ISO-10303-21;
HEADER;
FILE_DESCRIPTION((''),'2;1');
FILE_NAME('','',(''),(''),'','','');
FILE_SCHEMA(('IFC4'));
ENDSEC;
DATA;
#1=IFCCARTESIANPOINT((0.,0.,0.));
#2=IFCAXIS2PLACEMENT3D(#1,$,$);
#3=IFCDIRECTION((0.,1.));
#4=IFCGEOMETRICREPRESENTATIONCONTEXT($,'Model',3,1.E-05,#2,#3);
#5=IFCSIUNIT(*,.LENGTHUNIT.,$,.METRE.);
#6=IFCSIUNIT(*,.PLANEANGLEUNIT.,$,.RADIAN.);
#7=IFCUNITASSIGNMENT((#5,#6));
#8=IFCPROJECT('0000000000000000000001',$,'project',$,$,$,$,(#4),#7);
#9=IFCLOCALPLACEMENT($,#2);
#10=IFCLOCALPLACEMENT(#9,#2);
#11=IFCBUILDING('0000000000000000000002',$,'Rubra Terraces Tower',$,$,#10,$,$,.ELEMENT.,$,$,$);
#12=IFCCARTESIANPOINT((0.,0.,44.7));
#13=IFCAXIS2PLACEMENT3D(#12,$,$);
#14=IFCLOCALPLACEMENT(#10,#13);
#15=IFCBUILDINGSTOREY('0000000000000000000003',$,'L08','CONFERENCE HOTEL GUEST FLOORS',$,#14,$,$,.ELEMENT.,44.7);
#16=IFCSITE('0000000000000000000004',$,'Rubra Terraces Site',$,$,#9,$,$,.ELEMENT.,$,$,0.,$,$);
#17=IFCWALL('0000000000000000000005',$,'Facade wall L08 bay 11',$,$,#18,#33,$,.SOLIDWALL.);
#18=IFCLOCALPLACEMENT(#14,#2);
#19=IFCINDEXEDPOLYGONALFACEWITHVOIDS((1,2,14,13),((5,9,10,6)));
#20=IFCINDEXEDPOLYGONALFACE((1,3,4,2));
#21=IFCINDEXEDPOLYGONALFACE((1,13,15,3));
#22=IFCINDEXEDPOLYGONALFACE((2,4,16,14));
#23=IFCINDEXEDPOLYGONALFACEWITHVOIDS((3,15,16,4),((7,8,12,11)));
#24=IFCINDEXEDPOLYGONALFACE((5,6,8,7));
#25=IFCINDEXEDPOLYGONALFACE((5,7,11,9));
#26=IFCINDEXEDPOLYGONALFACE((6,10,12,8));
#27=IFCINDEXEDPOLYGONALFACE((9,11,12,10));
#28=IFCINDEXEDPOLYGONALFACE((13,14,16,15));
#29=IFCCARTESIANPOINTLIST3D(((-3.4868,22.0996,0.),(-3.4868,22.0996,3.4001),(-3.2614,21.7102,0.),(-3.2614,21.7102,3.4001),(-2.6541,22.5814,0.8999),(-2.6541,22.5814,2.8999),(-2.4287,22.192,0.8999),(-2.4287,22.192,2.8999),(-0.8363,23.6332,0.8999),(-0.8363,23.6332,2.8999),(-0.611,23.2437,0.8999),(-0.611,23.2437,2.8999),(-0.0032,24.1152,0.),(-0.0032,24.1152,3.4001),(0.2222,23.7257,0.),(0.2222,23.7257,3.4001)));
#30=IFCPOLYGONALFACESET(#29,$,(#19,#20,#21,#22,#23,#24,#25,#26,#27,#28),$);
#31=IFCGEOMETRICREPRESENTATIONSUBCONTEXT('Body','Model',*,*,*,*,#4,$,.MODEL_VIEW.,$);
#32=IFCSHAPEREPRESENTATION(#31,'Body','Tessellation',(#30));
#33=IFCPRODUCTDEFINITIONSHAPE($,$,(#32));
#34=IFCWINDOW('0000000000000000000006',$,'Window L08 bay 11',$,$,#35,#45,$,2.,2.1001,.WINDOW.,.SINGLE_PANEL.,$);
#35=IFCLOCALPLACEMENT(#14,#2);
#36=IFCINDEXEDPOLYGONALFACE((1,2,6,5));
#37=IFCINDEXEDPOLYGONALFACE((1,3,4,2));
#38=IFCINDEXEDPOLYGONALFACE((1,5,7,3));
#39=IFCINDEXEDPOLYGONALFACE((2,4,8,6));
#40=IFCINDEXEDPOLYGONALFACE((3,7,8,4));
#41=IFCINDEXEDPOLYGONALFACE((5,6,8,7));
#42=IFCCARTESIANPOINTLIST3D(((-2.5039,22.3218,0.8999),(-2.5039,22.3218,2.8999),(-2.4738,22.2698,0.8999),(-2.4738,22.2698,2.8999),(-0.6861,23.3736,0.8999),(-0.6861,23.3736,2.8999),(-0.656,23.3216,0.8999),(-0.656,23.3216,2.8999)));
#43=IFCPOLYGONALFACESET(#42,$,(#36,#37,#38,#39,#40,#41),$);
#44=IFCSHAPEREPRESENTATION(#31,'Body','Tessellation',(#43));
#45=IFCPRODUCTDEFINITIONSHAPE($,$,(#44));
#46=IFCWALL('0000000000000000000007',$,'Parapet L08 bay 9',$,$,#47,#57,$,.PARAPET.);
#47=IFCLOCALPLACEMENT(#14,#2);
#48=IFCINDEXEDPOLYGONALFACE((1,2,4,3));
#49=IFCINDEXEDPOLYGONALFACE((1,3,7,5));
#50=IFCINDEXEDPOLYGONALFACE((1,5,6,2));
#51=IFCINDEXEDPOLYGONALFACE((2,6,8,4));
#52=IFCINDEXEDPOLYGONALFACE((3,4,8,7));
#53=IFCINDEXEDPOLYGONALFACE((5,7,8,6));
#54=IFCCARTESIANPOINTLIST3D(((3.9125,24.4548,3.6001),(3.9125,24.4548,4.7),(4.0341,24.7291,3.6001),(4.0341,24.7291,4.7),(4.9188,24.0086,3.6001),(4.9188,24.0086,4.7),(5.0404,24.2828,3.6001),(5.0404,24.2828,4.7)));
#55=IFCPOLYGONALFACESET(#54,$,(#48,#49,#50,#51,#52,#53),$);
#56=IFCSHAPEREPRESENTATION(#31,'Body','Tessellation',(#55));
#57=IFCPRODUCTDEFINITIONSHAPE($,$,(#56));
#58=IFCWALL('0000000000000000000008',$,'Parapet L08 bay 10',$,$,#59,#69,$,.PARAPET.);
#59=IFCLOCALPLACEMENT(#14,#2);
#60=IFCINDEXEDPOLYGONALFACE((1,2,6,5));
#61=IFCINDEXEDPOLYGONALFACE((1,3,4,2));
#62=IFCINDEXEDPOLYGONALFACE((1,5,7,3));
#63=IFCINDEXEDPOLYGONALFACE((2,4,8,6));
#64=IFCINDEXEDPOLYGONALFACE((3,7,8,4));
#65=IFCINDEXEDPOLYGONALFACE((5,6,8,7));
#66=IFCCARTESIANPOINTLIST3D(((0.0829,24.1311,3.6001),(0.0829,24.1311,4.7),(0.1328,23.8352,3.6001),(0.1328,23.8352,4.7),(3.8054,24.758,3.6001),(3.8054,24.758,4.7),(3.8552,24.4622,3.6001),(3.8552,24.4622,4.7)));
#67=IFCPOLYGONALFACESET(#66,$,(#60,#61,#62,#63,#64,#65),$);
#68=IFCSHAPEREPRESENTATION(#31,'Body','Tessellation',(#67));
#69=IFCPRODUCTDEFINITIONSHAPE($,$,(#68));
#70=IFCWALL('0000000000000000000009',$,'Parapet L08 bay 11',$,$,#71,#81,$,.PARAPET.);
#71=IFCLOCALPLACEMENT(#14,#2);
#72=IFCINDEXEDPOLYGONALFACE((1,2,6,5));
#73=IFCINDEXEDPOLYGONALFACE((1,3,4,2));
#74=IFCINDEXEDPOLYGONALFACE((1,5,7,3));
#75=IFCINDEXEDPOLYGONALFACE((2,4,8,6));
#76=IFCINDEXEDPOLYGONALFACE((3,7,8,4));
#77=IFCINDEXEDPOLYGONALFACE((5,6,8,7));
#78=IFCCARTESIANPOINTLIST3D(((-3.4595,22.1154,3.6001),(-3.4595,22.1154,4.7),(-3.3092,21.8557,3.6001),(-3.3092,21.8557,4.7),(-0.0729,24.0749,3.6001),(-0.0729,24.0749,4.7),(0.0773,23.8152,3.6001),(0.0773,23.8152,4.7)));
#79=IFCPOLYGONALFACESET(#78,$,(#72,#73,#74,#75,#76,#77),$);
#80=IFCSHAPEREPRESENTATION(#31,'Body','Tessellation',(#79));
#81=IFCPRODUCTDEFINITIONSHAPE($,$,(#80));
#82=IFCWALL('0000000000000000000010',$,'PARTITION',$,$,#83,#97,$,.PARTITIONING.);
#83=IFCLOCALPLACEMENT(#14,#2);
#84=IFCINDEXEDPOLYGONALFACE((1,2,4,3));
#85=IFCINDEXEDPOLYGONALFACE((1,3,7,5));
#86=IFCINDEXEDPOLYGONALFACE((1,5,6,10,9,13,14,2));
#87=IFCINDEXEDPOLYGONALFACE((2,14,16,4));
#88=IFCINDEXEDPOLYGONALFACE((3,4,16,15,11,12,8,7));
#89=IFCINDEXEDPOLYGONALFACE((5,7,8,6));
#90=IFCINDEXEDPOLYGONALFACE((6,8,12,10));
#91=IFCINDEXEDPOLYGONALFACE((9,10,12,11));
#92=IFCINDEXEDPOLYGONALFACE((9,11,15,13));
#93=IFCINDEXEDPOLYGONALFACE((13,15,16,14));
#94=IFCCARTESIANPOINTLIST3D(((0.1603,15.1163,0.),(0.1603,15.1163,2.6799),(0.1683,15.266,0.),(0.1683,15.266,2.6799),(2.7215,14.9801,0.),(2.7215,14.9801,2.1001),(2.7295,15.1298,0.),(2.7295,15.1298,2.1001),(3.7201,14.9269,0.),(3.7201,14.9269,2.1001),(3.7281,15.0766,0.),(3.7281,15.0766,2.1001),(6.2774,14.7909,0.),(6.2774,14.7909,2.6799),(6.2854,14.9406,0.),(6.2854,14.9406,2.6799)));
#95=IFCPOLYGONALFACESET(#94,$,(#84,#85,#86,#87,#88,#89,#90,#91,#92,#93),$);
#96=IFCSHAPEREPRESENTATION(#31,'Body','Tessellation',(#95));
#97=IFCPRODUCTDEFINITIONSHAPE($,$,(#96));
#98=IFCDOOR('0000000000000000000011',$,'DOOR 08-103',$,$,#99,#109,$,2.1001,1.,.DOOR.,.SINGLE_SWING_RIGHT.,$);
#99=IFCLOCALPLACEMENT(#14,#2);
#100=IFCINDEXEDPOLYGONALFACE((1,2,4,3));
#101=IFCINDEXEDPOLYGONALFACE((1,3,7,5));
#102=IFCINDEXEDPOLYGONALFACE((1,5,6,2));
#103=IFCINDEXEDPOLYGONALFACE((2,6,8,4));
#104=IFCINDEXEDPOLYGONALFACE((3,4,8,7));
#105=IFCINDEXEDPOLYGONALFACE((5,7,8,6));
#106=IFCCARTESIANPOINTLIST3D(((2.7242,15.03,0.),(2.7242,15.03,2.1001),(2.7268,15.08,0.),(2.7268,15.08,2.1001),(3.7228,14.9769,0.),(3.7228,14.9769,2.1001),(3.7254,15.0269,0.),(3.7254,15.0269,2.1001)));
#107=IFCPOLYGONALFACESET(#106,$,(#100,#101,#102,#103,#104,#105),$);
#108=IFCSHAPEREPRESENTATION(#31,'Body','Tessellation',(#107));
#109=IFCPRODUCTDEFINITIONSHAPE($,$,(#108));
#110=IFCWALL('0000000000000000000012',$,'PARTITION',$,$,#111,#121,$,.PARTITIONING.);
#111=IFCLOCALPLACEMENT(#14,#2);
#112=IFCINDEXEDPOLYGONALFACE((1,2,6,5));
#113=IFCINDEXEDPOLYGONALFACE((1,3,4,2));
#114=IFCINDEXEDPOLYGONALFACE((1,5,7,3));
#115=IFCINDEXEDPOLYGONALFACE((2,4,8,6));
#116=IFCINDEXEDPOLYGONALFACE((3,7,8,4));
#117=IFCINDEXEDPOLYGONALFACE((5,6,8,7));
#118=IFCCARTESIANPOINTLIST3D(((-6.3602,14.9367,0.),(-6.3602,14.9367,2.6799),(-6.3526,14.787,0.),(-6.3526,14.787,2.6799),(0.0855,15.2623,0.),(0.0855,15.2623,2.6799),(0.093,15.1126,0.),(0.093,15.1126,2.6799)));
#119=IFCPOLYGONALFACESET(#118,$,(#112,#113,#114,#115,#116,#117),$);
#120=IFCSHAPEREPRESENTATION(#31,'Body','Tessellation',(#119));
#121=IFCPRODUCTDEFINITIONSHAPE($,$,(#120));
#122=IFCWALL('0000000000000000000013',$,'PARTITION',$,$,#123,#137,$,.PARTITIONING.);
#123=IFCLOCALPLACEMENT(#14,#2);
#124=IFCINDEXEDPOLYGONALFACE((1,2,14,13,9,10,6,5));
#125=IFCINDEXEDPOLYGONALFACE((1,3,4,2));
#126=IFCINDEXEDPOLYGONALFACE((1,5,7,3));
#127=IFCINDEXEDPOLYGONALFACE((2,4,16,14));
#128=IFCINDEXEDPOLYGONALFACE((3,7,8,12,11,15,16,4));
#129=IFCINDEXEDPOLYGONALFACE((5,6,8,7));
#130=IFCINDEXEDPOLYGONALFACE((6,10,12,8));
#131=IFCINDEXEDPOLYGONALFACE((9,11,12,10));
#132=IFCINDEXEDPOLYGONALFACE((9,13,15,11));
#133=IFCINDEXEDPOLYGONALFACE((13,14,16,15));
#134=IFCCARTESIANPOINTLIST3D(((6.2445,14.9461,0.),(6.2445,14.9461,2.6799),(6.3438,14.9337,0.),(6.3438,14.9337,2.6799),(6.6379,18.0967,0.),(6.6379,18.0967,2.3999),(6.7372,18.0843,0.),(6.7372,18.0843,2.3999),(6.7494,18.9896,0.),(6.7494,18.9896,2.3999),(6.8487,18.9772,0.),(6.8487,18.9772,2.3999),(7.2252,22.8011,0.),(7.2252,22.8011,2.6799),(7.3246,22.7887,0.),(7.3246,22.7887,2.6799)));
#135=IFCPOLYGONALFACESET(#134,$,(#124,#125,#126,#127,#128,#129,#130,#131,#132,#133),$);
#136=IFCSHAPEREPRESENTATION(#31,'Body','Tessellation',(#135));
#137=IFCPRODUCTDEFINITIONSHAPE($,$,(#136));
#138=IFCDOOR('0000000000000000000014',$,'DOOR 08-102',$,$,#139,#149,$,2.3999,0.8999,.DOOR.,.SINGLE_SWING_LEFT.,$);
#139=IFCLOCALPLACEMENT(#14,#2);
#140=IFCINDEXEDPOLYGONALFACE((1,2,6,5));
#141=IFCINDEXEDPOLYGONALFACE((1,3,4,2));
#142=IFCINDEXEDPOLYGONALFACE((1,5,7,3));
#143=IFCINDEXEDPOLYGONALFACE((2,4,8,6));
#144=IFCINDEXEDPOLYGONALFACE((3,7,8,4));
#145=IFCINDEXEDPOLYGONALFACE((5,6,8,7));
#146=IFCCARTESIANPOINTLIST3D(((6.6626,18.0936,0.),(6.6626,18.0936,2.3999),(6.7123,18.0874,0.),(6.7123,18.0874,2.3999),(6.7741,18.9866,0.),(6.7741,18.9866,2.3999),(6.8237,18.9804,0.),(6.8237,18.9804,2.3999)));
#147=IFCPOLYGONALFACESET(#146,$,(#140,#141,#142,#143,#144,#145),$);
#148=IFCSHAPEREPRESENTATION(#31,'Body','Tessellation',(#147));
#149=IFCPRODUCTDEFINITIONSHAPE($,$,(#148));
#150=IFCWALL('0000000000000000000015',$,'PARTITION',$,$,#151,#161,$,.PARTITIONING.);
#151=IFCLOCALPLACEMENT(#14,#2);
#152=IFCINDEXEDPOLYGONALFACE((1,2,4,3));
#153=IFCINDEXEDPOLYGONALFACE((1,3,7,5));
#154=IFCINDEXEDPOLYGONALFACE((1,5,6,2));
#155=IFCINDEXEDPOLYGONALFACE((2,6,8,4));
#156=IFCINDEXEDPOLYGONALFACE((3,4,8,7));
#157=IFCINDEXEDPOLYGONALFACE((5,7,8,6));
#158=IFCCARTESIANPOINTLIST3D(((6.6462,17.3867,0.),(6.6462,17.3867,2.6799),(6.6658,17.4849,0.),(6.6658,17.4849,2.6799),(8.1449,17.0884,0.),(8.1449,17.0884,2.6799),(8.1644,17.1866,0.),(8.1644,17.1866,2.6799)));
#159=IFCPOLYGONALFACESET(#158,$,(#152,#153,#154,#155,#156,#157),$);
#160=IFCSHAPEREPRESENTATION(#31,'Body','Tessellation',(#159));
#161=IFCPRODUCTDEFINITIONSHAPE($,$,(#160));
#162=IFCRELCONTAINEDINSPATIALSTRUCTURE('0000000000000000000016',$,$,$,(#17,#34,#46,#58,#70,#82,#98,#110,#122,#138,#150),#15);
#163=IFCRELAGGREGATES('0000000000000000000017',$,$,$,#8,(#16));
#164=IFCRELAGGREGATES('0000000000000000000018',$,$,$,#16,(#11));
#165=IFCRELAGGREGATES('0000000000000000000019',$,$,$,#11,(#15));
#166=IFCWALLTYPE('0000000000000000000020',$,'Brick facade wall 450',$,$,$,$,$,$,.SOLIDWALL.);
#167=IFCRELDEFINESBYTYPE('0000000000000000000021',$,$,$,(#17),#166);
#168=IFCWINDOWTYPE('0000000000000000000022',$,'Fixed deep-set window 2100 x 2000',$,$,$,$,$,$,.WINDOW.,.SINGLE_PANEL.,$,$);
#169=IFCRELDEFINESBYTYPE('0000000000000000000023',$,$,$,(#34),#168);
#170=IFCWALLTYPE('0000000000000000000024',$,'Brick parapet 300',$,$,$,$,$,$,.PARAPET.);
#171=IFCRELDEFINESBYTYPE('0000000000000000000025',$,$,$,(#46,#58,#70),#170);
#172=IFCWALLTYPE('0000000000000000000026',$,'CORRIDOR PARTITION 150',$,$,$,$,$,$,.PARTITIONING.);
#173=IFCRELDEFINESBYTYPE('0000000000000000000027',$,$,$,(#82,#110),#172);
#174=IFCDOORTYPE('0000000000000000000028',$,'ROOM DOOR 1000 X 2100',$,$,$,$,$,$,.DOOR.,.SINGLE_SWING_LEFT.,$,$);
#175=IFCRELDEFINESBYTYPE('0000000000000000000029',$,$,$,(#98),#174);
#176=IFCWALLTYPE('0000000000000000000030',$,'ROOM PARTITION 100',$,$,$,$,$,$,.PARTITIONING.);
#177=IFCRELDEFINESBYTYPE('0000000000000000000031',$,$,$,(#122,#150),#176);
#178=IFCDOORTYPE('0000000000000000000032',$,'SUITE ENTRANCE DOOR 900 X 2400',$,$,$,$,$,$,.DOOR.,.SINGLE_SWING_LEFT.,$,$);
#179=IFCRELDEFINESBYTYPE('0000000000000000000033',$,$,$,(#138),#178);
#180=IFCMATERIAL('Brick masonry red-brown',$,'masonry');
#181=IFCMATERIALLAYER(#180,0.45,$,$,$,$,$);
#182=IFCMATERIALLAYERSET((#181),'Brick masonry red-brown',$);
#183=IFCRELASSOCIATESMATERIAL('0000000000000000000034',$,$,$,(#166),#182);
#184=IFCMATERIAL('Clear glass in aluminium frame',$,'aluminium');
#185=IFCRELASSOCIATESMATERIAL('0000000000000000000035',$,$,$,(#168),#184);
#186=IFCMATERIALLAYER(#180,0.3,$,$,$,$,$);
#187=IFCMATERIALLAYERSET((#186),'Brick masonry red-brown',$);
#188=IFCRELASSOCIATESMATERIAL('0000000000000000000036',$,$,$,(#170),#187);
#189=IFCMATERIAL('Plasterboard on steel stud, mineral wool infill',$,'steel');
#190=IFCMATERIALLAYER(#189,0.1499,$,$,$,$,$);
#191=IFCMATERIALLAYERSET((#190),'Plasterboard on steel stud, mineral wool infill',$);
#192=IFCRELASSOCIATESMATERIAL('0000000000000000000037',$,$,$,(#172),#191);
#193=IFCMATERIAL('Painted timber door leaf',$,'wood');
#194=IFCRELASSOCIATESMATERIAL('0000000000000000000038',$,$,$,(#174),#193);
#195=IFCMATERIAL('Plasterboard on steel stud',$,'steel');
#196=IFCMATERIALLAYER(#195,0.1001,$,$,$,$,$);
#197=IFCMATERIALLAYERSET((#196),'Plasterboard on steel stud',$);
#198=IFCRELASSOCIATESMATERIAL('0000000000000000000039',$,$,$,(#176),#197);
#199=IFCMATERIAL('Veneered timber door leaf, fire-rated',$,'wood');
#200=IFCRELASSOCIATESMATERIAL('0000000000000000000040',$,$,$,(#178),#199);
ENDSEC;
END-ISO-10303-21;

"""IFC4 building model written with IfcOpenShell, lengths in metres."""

from ifc_helpers import new_model, si_unit, direction, frame, frame_2d, origin, place, context, subcontext, project, spatial, rectangle, extrude, material, layer, layer_set, type_object, element, fill, save


model = new_model("IFC4")

# Units and contexts
model_context = context("Model", 3, precision=1e-05, world=origin(), true_north=direction((0.0, 1.0)))
body_context = subcontext(model_context, "Body", "Model", "MODEL_VIEW")
ifc_project = project(units=[si_unit("LENGTHUNIT", "METRE"), si_unit("PLANEANGLEUNIT", "RADIAN")], contexts=[model_context])

# Site, building, storey
site_placement = place(None, origin())
site = spatial("IfcSite", under=ifc_project, at=site_placement, Name="Rubra Terraces Site", CompositionType="ELEMENT", RefElevation=0.0)
building_placement = place(site_placement, origin())
building = spatial("IfcBuilding", under=site, at=building_placement, Name="Rubra Terraces Tower", CompositionType="ELEMENT")
storey_placement = place(building_placement, frame((0.0, 0.0, 44.7)))
storey = spatial("IfcBuildingStorey", under=building, at=storey_placement, Name="L08", Description="CONFERENCE HOTEL GUEST FLOORS", CompositionType="ELEMENT", Elevation=44.7)

# Wall, opening, window
ifc_material_1 = material(Name="Brick masonry red-brown", Category="masonry")
ifc_layer_1 = layer(ifc_material_1, 0.45)
ifc_layer_set_1 = layer_set([ifc_layer_1], Name="Brick masonry red-brown")
wall_type_1 = type_object("IfcWallType", Name="Brick facade wall 450", PredefinedType="SOLIDWALL", material=ifc_layer_set_1)
ifc_material_2 = material(Name="Clear glass in aluminium frame", Category="aluminium")
window_type_1 = type_object("IfcWindowType", Name="Fixed deep-set window 2100 x 2000", PartitioningType="SINGLE_PANEL", PredefinedType="WINDOW", material=ifc_material_2)
wall_1_placement = place(storey_placement, frame((0.1094, 23.9204, 0.0), z_axis=(0.0, 0.0, 1.0), x_axis=(-0.865558, -0.500809, 0.0)))
wall_1 = element("IfcWall", 1, at=wall_1_placement, inside=storey, type_object=wall_type_1, Name="Facade wall L08 bay 11", PredefinedType="SOLIDWALL", context=body_context, shape_type="SweptSolid", body=[
    extrude(rectangle(XDim=4.0247, YDim=0.45, at=frame_2d((2.0122, 0.0))), origin(), (0.0, 0.0, 1.0), 3.4001),
])
opening_1_placement = place(wall_1_placement, frame((0.9624, 0.0, 0.8999)))
opening_1 = element("IfcOpeningElement", 2, at=opening_1_placement, cuts=wall_1, PredefinedType="OPENING", context=body_context, shape_type="SweptSolid", body=[
    extrude(rectangle(XDim=2.1001, YDim=2.0, at=frame_2d((1.05, 1.0))), frame((0.0, 0.2349, 0.0), z_axis=(0.0, -1.0, 0.0), x_axis=(1.0, 0.0, 0.0)), (0.0, 0.0, 1.0), 0.47),
])
window_1_placement = place(opening_1_placement, origin())
window_1 = element("IfcWindow", 3, at=window_1_placement, inside=storey, type_object=window_type_1, Name="Window L08 bay 11", OverallHeight=2.0, OverallWidth=2.1001, PartitioningType="SINGLE_PANEL", PredefinedType="WINDOW", context=body_context, shape_type="SweptSolid", body=[
    extrude(rectangle(XDim=2.1001, YDim=2.0, at=frame_2d((1.05, 1.0))), frame((0.0, 0.135, 0.0), z_axis=(0.0, -1.0, 0.0), x_axis=(1.0, 0.0, 0.0)), (0.0, 0.0, 1.0), 0.0601),
])
fill(opening_1, window_1)

# Walls
ifc_layer_2 = layer(ifc_material_1, 0.3)
ifc_layer_set_2 = layer_set([ifc_layer_2], Name="Brick masonry red-brown")
wall_type_2 = type_object("IfcWallType", Name="Brick parapet 300", PredefinedType="PARAPET", material=ifc_layer_set_2)
wall_2_placement = place(storey_placement, frame((4.9795, 24.1458, 3.6001), z_axis=(0.0, 0.0, 1.0), x_axis=(-0.91414, 0.405398, 0.0)))
element("IfcWall", 4, at=wall_2_placement, inside=storey, type_object=wall_type_2, Name="Parapet L08 bay 9", PredefinedType="PARAPET", context=body_context, shape_type="SweptSolid", body=[
    extrude(rectangle(XDim=1.1008, YDim=0.3, at=frame_2d((0.5503, 0.0))), origin(), (0.0, 0.0, 1.0), 1.0999),
])
wall_3_placement = place(storey_placement, frame((3.8303, 24.6101, 3.6001), z_axis=(0.0, 0.0, 1.0), x_axis=(-0.986111, -0.166087, 0.0)))
element("IfcWall", 5, at=wall_3_placement, inside=storey, type_object=wall_type_2, Name="Parapet L08 bay 10", PredefinedType="PARAPET", context=body_context, shape_type="SweptSolid", body=[
    extrude(rectangle(XDim=3.7749, YDim=0.3, at=frame_2d((1.8875, 0.0))), origin(), (0.0, 0.0, 1.0), 1.0999),
])
wall_4_placement = place(storey_placement, frame((0.0022, 23.9451, 3.6001), z_axis=(0.0, 0.0, 1.0), x_axis=(-0.86555, -0.500822, 0.0)))
element("IfcWall", 6, at=wall_4_placement, inside=storey, type_object=wall_type_2, Name="Parapet L08 bay 11", PredefinedType="PARAPET", context=body_context, shape_type="SweptSolid", body=[
    extrude(rectangle(XDim=3.9126, YDim=0.3, at=frame_2d((1.9563, 0.0))), origin(), (0.0, 0.0, 1.0), 1.0999),
])

# Wall, opening, door
ifc_material_3 = material(Name="Plasterboard on steel stud, mineral wool infill", Category="steel")
ifc_layer_3 = layer(ifc_material_3, 0.1499)
ifc_layer_set_3 = layer_set([ifc_layer_3], Name="Plasterboard on steel stud, mineral wool infill")
wall_type_3 = type_object("IfcWallType", Name="CORRIDOR PARTITION 150", PredefinedType="PARTITIONING", material=ifc_layer_set_3)
wall_5_placement = place(storey_placement, frame((6.2815, 14.8657, 0.0), z_axis=(0.0, 0.0, 1.0), x_axis=(-0.998588, 0.053126, 0.0)))
wall_5 = element("IfcWall", 7, at=wall_5_placement, inside=storey, type_object=wall_type_3, Name="PARTITION", PredefinedType="PARTITIONING", context=body_context, shape_type="SweptSolid", body=[
    extrude(rectangle(XDim=6.1257, YDim=0.1499, at=frame_2d((3.063, 0.0))), origin(), (0.0, 0.0, 1.0), 2.6799),
])
opening_2_placement = place(wall_5_placement, frame((2.561, 0.0, 0.0)))
opening_2 = element("IfcOpeningElement", 8, at=opening_2_placement, cuts=wall_5, PredefinedType="OPENING", context=body_context, shape_type="SweptSolid", body=[
    extrude(rectangle(XDim=1.0, YDim=2.1001, at=frame_2d((0.5, 1.05))), frame((0.0, 0.085, 0.0), z_axis=(0.0, -1.0, 0.0), x_axis=(1.0, 0.0, 0.0)), (0.0, 0.0, 1.0), 0.1699),
])
ifc_material_4 = material(Name="Painted timber door leaf", Category="wood")
door_type_1 = type_object("IfcDoorType", Name="ROOM DOOR 1000 X 2100", OperationType="SINGLE_SWING_LEFT", PredefinedType="DOOR", material=ifc_material_4)
door_1_placement = place(opening_2_placement, origin())
door_1 = element("IfcDoor", 9, at=door_1_placement, inside=storey, type_object=door_type_1, Name="DOOR 08-103", OperationType="SINGLE_SWING_RIGHT", OverallHeight=2.1001, OverallWidth=1.0, PredefinedType="DOOR", context=body_context, shape_type="SweptSolid", body=[
    extrude(rectangle(XDim=1.0, YDim=2.1001, at=frame_2d((0.5, 1.05))), frame((0.0, 0.0249, 0.0), z_axis=(0.0, -1.0, 0.0), x_axis=(1.0, 0.0, 0.0)), (0.0, 0.0, 1.0), 0.05),
])
fill(opening_2, door_1)

# Wall
wall_6_placement = place(storey_placement, frame((0.0894, 15.1875, 0.0), z_axis=(0.0, 0.0, 1.0), x_axis=(-0.998726, -0.050464, 0.0)))
element("IfcWall", 10, at=wall_6_placement, inside=storey, type_object=wall_type_3, Name="PARTITION", PredefinedType="PARTITIONING", context=body_context, shape_type="SweptSolid", body=[
    extrude(rectangle(XDim=6.4539, YDim=0.1499, at=frame_2d((3.2271, 0.0))), origin(), (0.0, 0.0, 1.0), 2.6799),
])

# Wall, opening, door
ifc_material_5 = material(Name="Plasterboard on steel stud", Category="steel")
ifc_layer_4 = layer(ifc_material_5, 0.1001)
ifc_layer_set_4 = layer_set([ifc_layer_4], Name="Plasterboard on steel stud")
wall_type_4 = type_object("IfcWallType", Name="ROOM PARTITION 100", PredefinedType="PARTITIONING", material=ifc_layer_set_4)
wall_7_placement = place(storey_placement, frame((7.2749, 22.7949, 0.0), z_axis=(0.0, 0.0, 1.0), x_axis=(-0.12389, -0.992296, 0.0)))
wall_7 = element("IfcWall", 11, at=wall_7_placement, inside=storey, type_object=wall_type_4, Name="PARTITION", PredefinedType="PARTITIONING", context=body_context, shape_type="SweptSolid", body=[
    extrude(rectangle(XDim=7.916, YDim=0.1001, at=frame_2d((3.958, 0.0))), origin(), (0.0, 0.0, 1.0), 2.6799),
])
opening_3_placement = place(wall_7_placement, frame((3.8411, 0.0, 0.0)))
opening_3 = element("IfcOpeningElement", 12, at=opening_3_placement, cuts=wall_7, PredefinedType="OPENING", context=body_context, shape_type="SweptSolid", body=[
    extrude(rectangle(XDim=0.8999, YDim=2.3999, at=frame_2d((0.45, 1.2))), frame((0.0, 0.0601, 0.0), z_axis=(0.0, -1.0, 0.0), x_axis=(1.0, 0.0, 0.0)), (0.0, 0.0, 1.0), 0.1201),
])
ifc_material_6 = material(Name="Veneered timber door leaf, fire-rated", Category="wood")
door_type_2 = type_object("IfcDoorType", Name="SUITE ENTRANCE DOOR 900 X 2400", OperationType="SINGLE_SWING_LEFT", PredefinedType="DOOR", material=ifc_material_6)
door_2_placement = place(opening_3_placement, origin())
door_2 = element("IfcDoor", 13, at=door_2_placement, inside=storey, type_object=door_type_2, Name="DOOR 08-102", OperationType="SINGLE_SWING_LEFT", OverallHeight=2.3999, OverallWidth=0.8999, PredefinedType="DOOR", context=body_context, shape_type="SweptSolid", body=[
    extrude(rectangle(XDim=0.8999, YDim=2.3999, at=frame_2d((0.45, 1.2))), frame((0.0, 0.0249, 0.0), z_axis=(0.0, -1.0, 0.0), x_axis=(1.0, 0.0, 0.0)), (0.0, 0.0, 1.0), 0.05),
])
fill(opening_3, door_2)

# Wall
wall_8_placement = place(storey_placement, frame((8.1548, 17.1375, 0.0), z_axis=(0.0, 0.0, 1.0), x_axis=(-0.980758, 0.195225, 0.0)))
element("IfcWall", 14, at=wall_8_placement, inside=storey, type_object=wall_type_4, Name="PARTITION", PredefinedType="PARTITIONING", context=body_context, shape_type="SweptSolid", body=[
    extrude(rectangle(XDim=1.5281, YDim=0.1001, at=frame_2d((0.7642, 0.0))), origin(), (0.0, 0.0, 1.0), 2.6799),
])

save(model, "model.ifc")
